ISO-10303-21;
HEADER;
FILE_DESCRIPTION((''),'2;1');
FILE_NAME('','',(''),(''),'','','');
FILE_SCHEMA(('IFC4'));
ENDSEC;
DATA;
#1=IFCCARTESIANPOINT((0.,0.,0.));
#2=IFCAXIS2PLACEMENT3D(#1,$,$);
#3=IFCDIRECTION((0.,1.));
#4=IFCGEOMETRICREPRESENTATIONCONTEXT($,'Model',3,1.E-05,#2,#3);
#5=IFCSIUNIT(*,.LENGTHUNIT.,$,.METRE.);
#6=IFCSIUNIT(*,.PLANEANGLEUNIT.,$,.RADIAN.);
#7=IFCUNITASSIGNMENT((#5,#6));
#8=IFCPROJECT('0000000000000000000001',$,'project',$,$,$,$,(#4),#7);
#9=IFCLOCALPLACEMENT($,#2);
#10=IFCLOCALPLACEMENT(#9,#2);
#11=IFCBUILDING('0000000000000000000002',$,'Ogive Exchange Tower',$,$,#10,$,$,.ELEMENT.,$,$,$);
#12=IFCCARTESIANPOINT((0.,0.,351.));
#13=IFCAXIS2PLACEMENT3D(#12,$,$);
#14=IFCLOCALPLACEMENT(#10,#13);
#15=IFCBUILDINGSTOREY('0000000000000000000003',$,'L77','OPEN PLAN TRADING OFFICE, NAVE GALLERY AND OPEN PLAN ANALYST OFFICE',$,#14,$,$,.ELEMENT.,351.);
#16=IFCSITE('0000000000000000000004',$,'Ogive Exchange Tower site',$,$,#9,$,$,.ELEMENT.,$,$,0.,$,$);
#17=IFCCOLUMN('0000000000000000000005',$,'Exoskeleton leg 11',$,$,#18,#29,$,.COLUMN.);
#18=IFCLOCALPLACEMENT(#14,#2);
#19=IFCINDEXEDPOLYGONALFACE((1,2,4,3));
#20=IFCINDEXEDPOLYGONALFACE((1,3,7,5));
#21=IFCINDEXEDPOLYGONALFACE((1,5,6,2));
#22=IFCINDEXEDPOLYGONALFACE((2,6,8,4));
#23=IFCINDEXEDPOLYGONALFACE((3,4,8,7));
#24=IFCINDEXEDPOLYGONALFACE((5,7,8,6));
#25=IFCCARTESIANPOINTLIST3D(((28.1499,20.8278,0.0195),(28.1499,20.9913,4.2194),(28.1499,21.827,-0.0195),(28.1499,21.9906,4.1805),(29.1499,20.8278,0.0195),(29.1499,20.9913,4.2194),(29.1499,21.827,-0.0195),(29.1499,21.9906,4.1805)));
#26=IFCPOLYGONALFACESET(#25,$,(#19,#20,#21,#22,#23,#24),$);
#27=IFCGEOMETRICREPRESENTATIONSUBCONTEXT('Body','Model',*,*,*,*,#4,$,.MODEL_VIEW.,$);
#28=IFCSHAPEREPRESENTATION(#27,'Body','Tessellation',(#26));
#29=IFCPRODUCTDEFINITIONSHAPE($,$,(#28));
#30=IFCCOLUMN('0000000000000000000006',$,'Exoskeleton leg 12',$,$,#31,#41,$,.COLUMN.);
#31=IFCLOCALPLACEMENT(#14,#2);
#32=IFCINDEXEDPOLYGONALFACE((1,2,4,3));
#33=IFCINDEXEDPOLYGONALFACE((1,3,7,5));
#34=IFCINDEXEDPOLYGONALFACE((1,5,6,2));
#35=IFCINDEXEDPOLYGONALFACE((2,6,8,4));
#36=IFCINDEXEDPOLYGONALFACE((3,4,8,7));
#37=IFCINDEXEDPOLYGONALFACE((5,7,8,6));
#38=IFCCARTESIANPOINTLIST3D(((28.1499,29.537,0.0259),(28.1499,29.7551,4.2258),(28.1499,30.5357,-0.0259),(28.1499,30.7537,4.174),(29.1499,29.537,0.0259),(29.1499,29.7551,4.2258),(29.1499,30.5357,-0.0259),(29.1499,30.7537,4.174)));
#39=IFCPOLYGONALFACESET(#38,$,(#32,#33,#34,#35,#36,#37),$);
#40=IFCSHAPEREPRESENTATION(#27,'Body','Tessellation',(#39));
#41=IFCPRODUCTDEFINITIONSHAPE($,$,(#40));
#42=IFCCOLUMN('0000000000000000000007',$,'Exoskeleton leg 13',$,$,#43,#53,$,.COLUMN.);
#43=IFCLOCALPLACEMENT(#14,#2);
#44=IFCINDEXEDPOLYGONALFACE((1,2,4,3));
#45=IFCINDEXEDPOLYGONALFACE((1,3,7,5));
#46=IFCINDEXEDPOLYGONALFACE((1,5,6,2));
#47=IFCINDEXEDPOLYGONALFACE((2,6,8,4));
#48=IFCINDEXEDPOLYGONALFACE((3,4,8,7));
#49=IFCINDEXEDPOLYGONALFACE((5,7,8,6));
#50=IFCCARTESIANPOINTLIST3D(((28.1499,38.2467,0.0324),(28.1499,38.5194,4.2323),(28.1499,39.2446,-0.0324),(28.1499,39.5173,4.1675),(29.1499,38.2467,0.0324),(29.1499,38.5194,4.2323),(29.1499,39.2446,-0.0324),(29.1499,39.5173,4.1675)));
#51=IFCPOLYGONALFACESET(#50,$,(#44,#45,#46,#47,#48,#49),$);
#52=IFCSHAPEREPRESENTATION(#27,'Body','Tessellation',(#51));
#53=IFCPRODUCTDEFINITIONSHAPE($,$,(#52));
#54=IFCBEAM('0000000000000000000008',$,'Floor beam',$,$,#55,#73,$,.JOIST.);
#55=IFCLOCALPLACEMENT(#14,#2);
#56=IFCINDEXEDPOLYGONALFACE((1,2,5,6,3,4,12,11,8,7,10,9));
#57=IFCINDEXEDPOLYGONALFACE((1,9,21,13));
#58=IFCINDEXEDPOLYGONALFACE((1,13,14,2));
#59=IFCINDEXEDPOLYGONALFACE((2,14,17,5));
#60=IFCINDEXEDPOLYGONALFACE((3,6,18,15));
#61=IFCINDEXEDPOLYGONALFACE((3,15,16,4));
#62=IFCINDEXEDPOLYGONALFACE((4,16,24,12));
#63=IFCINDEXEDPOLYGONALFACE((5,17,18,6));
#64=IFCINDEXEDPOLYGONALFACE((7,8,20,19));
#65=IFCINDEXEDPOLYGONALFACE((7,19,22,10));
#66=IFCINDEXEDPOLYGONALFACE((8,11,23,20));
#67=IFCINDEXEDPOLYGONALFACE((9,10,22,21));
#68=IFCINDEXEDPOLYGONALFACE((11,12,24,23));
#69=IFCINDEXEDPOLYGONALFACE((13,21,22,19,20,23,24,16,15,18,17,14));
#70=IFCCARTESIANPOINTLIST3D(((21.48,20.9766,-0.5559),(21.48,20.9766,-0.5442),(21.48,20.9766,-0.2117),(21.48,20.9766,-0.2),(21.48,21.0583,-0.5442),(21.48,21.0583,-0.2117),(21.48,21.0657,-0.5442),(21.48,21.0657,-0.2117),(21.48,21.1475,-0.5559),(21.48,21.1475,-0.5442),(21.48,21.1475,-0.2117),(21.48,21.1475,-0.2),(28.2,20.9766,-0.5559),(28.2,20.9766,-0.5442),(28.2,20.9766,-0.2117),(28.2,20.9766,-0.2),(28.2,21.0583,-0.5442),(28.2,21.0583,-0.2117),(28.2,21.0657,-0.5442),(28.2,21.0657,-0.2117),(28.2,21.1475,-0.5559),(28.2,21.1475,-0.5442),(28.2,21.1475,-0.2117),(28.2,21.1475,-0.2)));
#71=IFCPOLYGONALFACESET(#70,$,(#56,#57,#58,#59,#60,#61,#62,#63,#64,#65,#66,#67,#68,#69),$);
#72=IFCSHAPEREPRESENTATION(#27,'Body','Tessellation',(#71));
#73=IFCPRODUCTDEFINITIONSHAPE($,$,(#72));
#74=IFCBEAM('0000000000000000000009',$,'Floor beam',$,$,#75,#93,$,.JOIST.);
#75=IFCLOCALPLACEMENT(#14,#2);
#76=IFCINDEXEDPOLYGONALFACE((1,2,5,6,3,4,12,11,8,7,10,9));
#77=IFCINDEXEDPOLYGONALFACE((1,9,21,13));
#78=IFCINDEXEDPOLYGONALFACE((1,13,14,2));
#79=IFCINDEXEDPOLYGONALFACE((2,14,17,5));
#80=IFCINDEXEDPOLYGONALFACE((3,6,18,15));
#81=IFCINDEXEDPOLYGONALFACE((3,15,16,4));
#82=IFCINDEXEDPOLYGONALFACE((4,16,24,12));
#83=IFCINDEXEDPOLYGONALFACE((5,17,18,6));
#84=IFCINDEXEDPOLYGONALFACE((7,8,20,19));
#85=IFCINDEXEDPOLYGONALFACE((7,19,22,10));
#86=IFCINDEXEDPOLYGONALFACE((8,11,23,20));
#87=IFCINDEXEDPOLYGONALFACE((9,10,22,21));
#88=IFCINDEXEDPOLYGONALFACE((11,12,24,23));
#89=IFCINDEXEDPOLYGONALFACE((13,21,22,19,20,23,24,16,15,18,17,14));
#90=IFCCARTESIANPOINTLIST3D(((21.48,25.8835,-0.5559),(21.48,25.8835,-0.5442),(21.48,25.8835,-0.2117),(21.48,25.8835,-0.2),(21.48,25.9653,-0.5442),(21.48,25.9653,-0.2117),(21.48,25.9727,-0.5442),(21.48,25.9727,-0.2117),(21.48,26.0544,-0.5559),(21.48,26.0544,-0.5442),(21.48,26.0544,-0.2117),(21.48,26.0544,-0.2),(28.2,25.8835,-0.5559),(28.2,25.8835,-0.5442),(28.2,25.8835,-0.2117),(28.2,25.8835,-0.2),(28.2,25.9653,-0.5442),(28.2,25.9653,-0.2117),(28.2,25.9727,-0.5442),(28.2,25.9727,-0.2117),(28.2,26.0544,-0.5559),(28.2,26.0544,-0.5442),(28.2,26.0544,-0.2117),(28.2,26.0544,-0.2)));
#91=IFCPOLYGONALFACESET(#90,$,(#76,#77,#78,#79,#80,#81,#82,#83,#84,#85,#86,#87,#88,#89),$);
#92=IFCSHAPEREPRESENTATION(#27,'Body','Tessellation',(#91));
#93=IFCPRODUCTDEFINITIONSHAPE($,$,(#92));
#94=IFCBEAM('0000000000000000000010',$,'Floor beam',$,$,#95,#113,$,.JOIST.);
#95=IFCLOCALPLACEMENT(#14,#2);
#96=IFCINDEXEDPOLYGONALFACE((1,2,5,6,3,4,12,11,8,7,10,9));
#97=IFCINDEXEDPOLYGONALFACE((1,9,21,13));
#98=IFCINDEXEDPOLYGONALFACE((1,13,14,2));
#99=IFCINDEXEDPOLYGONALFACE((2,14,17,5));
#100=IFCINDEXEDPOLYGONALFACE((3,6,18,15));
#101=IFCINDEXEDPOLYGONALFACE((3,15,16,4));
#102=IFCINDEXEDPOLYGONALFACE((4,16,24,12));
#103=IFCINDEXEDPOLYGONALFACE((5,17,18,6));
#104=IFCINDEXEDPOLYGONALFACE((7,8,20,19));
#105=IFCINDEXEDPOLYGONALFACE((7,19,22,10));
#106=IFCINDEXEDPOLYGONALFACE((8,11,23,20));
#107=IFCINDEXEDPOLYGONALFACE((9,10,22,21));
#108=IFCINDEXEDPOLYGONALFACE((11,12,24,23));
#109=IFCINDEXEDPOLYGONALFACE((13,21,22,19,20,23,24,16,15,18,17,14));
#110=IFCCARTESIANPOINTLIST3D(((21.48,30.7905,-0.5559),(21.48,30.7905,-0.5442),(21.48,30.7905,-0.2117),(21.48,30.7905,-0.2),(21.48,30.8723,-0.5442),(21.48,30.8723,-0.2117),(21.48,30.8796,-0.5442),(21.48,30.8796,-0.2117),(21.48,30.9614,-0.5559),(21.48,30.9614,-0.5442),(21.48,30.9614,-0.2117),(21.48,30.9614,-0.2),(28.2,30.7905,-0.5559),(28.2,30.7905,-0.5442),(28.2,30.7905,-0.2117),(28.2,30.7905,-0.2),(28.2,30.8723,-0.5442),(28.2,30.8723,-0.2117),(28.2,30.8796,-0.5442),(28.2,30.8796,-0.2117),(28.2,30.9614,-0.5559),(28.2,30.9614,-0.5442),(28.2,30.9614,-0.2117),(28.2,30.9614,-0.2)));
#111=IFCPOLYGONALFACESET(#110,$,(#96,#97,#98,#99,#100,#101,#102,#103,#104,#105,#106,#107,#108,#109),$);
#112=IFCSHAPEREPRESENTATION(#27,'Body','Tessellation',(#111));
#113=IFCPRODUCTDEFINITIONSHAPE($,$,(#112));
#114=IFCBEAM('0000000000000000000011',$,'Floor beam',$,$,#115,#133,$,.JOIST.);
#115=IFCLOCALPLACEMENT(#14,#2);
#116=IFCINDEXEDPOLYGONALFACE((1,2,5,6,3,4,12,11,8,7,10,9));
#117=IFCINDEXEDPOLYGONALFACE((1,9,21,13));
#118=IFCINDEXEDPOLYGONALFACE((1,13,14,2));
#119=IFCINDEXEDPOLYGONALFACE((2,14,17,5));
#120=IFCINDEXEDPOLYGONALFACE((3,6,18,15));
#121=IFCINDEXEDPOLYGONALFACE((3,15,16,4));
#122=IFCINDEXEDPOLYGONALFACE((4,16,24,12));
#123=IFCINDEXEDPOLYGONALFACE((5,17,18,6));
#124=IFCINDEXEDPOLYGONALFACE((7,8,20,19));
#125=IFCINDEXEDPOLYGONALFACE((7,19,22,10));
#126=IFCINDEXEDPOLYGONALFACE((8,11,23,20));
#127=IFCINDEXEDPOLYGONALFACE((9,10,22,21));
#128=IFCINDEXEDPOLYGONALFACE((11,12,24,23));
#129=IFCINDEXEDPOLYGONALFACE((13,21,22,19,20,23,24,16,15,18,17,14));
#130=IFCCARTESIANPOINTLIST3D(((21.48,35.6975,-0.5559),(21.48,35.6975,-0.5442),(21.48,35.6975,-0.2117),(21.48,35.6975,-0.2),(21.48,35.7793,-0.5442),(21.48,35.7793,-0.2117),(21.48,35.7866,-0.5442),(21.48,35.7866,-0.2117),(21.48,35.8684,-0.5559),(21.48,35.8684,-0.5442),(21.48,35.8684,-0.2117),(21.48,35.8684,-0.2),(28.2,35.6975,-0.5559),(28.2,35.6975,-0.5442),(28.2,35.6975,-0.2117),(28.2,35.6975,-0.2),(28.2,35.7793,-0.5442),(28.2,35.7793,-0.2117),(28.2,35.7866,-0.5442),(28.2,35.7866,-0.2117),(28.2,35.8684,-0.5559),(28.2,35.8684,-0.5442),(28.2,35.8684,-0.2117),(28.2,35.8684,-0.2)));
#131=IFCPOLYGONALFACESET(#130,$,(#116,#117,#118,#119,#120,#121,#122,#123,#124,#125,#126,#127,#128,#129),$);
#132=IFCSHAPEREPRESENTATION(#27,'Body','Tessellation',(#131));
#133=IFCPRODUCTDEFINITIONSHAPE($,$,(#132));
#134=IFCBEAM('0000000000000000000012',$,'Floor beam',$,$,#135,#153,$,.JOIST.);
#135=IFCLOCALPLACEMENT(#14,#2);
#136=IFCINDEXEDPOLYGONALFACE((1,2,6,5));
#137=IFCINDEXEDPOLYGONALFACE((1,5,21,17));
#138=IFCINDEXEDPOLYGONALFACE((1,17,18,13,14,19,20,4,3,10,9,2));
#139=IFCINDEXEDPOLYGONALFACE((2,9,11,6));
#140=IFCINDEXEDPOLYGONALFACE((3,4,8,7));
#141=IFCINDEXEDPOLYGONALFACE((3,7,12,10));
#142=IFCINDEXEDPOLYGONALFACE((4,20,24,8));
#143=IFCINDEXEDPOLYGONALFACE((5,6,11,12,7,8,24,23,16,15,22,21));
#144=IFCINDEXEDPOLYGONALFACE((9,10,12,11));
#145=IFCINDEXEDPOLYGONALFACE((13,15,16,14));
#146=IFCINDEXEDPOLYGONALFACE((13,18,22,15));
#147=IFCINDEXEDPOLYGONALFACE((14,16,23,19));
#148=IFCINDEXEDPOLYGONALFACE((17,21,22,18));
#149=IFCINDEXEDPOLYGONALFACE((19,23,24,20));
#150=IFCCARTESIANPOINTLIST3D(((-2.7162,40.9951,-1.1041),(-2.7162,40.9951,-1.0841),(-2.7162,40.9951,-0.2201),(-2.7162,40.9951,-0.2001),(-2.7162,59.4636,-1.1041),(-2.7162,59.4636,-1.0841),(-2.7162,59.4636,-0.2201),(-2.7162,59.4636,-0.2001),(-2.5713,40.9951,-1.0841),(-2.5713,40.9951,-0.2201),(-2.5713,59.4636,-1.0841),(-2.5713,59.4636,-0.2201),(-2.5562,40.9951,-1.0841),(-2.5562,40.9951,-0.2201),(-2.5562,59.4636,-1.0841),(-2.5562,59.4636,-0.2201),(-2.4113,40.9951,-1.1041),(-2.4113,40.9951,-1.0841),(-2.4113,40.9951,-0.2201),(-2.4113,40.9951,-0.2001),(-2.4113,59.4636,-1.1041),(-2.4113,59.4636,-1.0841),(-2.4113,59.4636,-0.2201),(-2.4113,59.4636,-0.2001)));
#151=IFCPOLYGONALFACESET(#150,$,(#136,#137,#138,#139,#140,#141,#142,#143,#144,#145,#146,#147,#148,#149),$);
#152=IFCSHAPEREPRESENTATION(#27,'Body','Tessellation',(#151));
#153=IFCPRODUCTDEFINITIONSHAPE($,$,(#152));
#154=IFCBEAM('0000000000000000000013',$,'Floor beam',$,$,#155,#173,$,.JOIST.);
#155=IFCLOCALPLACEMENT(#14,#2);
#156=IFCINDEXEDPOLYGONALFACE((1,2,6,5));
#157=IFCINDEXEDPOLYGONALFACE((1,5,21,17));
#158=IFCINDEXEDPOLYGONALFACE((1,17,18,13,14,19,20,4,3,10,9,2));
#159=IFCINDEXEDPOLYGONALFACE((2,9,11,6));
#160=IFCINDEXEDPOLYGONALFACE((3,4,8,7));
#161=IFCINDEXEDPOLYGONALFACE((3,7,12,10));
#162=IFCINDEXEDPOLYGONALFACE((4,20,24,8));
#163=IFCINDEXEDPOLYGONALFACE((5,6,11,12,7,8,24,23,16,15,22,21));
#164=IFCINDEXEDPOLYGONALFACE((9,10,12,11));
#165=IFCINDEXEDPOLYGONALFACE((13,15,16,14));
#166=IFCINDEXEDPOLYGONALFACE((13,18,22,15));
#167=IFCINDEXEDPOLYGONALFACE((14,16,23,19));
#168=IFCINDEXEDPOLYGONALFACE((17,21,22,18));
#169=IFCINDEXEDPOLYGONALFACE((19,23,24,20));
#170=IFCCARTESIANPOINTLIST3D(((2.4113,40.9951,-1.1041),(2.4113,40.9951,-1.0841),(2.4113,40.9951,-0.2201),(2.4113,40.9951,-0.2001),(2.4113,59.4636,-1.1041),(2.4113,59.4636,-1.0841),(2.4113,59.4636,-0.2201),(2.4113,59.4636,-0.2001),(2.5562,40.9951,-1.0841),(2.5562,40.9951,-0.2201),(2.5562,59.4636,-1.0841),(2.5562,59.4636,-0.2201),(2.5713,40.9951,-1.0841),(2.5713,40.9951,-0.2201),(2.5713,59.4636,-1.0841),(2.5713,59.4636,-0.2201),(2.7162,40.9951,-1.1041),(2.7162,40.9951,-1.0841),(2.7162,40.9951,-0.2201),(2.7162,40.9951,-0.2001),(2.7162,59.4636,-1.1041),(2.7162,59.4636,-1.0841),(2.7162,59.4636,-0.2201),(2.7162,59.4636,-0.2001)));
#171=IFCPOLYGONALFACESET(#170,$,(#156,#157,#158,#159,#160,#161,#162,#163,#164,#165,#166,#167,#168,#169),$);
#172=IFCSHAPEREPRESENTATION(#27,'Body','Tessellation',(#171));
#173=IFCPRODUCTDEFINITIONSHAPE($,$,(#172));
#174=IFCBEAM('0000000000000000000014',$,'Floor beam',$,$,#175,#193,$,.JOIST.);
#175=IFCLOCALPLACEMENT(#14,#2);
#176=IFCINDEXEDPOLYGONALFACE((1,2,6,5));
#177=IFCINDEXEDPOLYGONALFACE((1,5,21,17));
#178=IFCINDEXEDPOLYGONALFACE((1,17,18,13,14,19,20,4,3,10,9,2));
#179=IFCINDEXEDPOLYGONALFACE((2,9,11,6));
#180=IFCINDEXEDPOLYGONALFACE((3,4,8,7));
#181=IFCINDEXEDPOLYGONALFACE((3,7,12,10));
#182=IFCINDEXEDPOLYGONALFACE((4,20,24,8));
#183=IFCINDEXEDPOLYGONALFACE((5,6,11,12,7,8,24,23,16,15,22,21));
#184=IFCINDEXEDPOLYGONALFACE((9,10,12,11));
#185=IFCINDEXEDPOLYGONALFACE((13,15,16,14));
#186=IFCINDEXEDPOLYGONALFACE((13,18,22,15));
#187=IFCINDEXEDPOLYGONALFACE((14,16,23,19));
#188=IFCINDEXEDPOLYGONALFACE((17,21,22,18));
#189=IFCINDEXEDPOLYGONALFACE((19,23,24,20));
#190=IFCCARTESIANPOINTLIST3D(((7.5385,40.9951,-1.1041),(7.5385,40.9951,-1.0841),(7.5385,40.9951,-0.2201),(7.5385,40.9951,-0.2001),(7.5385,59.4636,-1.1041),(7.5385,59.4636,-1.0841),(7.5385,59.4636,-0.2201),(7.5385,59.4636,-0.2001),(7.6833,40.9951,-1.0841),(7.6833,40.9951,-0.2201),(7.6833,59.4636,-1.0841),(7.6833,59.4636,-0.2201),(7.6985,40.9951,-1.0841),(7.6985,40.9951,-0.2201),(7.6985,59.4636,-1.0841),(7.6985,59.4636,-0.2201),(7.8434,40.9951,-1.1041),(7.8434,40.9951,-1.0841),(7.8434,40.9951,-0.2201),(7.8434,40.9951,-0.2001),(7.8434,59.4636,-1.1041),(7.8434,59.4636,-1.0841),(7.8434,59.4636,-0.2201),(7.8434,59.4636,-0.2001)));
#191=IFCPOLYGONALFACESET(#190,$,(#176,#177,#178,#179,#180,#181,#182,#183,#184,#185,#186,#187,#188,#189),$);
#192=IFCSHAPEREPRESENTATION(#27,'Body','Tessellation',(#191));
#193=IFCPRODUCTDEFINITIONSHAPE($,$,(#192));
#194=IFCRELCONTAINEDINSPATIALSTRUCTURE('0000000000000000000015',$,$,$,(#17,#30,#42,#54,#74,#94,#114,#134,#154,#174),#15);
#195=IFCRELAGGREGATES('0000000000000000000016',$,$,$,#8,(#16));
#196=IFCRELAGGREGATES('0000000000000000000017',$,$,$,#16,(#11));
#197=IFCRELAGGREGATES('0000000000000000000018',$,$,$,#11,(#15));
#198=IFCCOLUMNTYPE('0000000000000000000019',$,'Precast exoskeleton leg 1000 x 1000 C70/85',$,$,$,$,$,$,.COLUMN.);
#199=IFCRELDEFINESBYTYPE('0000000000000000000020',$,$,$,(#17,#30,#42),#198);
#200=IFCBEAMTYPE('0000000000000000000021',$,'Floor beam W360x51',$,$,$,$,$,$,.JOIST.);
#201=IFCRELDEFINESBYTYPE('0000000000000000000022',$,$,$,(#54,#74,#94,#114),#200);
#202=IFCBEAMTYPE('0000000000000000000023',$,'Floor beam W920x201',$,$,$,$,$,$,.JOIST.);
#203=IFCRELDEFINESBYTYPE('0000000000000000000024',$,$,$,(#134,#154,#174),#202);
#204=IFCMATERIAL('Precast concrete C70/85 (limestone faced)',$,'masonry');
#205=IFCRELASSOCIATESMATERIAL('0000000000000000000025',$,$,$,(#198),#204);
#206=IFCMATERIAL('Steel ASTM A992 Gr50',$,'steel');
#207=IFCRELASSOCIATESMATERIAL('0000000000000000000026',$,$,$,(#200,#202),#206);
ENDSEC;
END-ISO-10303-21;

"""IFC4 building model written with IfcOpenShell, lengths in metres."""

from ifc_helpers import new_model, si_unit, direction, frame, origin, origin_2d, place, context, subcontext, project, spatial, rectangle, i_section, extrude, material, material_profile, profile_set, type_object, element, save


model = new_model("IFC4")

# Units and contexts
model_context = context("Model", 3, precision=1e-05, world=origin(), true_north=direction((0.0, 1.0)))
body_context = subcontext(model_context, "Body", "Model", "MODEL_VIEW")
ifc_project = project(units=[si_unit("LENGTHUNIT", "METRE"), si_unit("PLANEANGLEUNIT", "RADIAN")], contexts=[model_context])

# Site, building, storey
site_placement = place(None, origin())
site = spatial("IfcSite", under=ifc_project, at=site_placement, Name="Ogive Exchange Tower site", CompositionType="ELEMENT", RefElevation=0.0)
building_placement = place(site_placement, origin())
building = spatial("IfcBuilding", under=site, at=building_placement, Name="Ogive Exchange Tower", CompositionType="ELEMENT")
storey_placement = place(building_placement, frame((0.0, 0.0, 351.0)))
storey = spatial("IfcBuildingStorey", under=building, at=storey_placement, Name="L77", Description="OPEN PLAN TRADING OFFICE, NAVE GALLERY AND OPEN PLAN ANALYST OFFICE", CompositionType="ELEMENT", Elevation=351.0)

# Columns
ifc_material_1 = material(Name="Precast concrete C70/85 (limestone faced)", Category="masonry")
ifc_material_profile_1 = material_profile(ifc_material_1, rectangle(XDim=1.0, YDim=1.0, at=origin_2d()), Name="1000 x 1000")
ifc_profile_set_1 = profile_set([ifc_material_profile_1], Name="Precast concrete C70/85 (limestone faced)")
column_type = type_object("IfcColumnType", Name="Precast exoskeleton leg 1000 x 1000 C70/85", PredefinedType="COLUMN", material=ifc_profile_set_1)
column_1_placement = place(storey_placement, frame((28.6499, 21.3274, 0.0), z_axis=(0.0, 0.038917, 0.999242), x_axis=(-1.0, 0.0, 0.0)))
element("IfcColumn", 1, at=column_1_placement, inside=storey, type_object=column_type, Name="Exoskeleton leg 11", PredefinedType="COLUMN", context=body_context, shape_type="SweptSolid", body=[
    extrude(rectangle(XDim=1.0, YDim=1.0, at=origin_2d()), origin(), (0.0, 0.0, 1.0), 4.2031),
])
column_2_placement = place(storey_placement, frame((28.6499, 30.0364, 0.0), z_axis=(0.0, 0.05184, 0.998655), x_axis=(-1.0, 0.0, 0.0)))
element("IfcColumn", 2, at=column_2_placement, inside=storey, type_object=column_type, Name="Exoskeleton leg 12", PredefinedType="COLUMN", context=body_context, shape_type="SweptSolid", body=[
    extrude(rectangle(XDim=1.0, YDim=1.0, at=origin_2d()), origin(), (0.0, 0.0, 1.0), 4.2056),
])
column_3_placement = place(storey_placement, frame((28.6499, 38.7456, 0.0), z_axis=(0.0, 0.064794, 0.997899), x_axis=(-1.0, 0.0, 0.0)))
element("IfcColumn", 3, at=column_3_placement, inside=storey, type_object=column_type, Name="Exoskeleton leg 13", PredefinedType="COLUMN", context=body_context, shape_type="SweptSolid", body=[
    extrude(rectangle(XDim=1.0, YDim=1.0, at=origin_2d()), origin(), (0.0, 0.0, 1.0), 4.2087),
])

# Beams
ifc_material_2 = material(Name="Steel ASTM A992 Gr50", Category="steel")
ifc_material_profile_2 = material_profile(ifc_material_2, i_section(OverallWidth=0.1709, OverallDepth=0.356, WebThickness=0.0073, FlangeThickness=0.0117, at=origin_2d()), Name="W360x51")
ifc_profile_set_2 = profile_set([ifc_material_profile_2], Name="Steel ASTM A992 Gr50")
beam_type_1 = type_object("IfcBeamType", Name="Floor beam W360x51", PredefinedType="JOIST", material=ifc_profile_set_2)
for number, where, z_axis, x_axis, name in (
    (4, (21.48, 21.062, -0.3779), (1.0, 0.0, 0.0), (0.0, 1.0, 0.0), "Floor beam"),
    (5, (21.48, 25.969, -0.3779), (1.0, 0.0, 0.0), (0.0, 1.0, 0.0), "Floor beam"),
    (6, (21.48, 30.876, -0.3779), (1.0, 0.0, 0.0), (0.0, 1.0, 0.0), "Floor beam"),
    (7, (21.48, 35.783, -0.3779), (1.0, 0.0, 0.0), (0.0, 1.0, 0.0), "Floor beam"),
):
    element("IfcBeam", number, at=place(storey_placement, frame(where, z_axis=z_axis, x_axis=x_axis)), inside=storey, type_object=beam_type_1, Name=name, PredefinedType="JOIST", context=body_context, shape_type="SweptSolid", body=[
        extrude(i_section(OverallWidth=0.1709, OverallDepth=0.356, WebThickness=0.0073, FlangeThickness=0.0117, at=origin_2d()), origin(), (0.0, 0.0, 1.0), 6.72),
    ])
ifc_material_profile_3 = material_profile(ifc_material_2, i_section(OverallWidth=0.3049, OverallDepth=0.9041, WebThickness=0.0151, FlangeThickness=0.02, at=origin_2d()), Name="W920x201")
ifc_profile_set_3 = profile_set([ifc_material_profile_3], Name="Steel ASTM A992 Gr50")
beam_type_2 = type_object("IfcBeamType", Name="Floor beam W920x201", PredefinedType="JOIST", material=ifc_profile_set_3)
for number, where, z_axis, x_axis, name in (
    (8, (-2.5637, 40.9951, -0.6521), (0.0, 1.0, 0.0), (-1.0, 0.0, 0.0), "Floor beam"),
    (9, (2.5637, 40.9951, -0.6521), (0.0, 1.0, 0.0), (-1.0, 0.0, 0.0), "Floor beam"),
    (10, (7.6909, 40.9951, -0.6521), (0.0, 1.0, 0.0), (-1.0, 0.0, 0.0), "Floor beam"),
):
    element("IfcBeam", number, at=place(storey_placement, frame(where, z_axis=z_axis, x_axis=x_axis)), inside=storey, type_object=beam_type_2, Name=name, PredefinedType="JOIST", context=body_context, shape_type="SweptSolid", body=[
        extrude(i_section(OverallWidth=0.3049, OverallDepth=0.9041, WebThickness=0.0151, FlangeThickness=0.02, at=origin_2d()), origin(), (0.0, 0.0, 1.0), 18.4685),
    ])

save(model, "model.ifc")
